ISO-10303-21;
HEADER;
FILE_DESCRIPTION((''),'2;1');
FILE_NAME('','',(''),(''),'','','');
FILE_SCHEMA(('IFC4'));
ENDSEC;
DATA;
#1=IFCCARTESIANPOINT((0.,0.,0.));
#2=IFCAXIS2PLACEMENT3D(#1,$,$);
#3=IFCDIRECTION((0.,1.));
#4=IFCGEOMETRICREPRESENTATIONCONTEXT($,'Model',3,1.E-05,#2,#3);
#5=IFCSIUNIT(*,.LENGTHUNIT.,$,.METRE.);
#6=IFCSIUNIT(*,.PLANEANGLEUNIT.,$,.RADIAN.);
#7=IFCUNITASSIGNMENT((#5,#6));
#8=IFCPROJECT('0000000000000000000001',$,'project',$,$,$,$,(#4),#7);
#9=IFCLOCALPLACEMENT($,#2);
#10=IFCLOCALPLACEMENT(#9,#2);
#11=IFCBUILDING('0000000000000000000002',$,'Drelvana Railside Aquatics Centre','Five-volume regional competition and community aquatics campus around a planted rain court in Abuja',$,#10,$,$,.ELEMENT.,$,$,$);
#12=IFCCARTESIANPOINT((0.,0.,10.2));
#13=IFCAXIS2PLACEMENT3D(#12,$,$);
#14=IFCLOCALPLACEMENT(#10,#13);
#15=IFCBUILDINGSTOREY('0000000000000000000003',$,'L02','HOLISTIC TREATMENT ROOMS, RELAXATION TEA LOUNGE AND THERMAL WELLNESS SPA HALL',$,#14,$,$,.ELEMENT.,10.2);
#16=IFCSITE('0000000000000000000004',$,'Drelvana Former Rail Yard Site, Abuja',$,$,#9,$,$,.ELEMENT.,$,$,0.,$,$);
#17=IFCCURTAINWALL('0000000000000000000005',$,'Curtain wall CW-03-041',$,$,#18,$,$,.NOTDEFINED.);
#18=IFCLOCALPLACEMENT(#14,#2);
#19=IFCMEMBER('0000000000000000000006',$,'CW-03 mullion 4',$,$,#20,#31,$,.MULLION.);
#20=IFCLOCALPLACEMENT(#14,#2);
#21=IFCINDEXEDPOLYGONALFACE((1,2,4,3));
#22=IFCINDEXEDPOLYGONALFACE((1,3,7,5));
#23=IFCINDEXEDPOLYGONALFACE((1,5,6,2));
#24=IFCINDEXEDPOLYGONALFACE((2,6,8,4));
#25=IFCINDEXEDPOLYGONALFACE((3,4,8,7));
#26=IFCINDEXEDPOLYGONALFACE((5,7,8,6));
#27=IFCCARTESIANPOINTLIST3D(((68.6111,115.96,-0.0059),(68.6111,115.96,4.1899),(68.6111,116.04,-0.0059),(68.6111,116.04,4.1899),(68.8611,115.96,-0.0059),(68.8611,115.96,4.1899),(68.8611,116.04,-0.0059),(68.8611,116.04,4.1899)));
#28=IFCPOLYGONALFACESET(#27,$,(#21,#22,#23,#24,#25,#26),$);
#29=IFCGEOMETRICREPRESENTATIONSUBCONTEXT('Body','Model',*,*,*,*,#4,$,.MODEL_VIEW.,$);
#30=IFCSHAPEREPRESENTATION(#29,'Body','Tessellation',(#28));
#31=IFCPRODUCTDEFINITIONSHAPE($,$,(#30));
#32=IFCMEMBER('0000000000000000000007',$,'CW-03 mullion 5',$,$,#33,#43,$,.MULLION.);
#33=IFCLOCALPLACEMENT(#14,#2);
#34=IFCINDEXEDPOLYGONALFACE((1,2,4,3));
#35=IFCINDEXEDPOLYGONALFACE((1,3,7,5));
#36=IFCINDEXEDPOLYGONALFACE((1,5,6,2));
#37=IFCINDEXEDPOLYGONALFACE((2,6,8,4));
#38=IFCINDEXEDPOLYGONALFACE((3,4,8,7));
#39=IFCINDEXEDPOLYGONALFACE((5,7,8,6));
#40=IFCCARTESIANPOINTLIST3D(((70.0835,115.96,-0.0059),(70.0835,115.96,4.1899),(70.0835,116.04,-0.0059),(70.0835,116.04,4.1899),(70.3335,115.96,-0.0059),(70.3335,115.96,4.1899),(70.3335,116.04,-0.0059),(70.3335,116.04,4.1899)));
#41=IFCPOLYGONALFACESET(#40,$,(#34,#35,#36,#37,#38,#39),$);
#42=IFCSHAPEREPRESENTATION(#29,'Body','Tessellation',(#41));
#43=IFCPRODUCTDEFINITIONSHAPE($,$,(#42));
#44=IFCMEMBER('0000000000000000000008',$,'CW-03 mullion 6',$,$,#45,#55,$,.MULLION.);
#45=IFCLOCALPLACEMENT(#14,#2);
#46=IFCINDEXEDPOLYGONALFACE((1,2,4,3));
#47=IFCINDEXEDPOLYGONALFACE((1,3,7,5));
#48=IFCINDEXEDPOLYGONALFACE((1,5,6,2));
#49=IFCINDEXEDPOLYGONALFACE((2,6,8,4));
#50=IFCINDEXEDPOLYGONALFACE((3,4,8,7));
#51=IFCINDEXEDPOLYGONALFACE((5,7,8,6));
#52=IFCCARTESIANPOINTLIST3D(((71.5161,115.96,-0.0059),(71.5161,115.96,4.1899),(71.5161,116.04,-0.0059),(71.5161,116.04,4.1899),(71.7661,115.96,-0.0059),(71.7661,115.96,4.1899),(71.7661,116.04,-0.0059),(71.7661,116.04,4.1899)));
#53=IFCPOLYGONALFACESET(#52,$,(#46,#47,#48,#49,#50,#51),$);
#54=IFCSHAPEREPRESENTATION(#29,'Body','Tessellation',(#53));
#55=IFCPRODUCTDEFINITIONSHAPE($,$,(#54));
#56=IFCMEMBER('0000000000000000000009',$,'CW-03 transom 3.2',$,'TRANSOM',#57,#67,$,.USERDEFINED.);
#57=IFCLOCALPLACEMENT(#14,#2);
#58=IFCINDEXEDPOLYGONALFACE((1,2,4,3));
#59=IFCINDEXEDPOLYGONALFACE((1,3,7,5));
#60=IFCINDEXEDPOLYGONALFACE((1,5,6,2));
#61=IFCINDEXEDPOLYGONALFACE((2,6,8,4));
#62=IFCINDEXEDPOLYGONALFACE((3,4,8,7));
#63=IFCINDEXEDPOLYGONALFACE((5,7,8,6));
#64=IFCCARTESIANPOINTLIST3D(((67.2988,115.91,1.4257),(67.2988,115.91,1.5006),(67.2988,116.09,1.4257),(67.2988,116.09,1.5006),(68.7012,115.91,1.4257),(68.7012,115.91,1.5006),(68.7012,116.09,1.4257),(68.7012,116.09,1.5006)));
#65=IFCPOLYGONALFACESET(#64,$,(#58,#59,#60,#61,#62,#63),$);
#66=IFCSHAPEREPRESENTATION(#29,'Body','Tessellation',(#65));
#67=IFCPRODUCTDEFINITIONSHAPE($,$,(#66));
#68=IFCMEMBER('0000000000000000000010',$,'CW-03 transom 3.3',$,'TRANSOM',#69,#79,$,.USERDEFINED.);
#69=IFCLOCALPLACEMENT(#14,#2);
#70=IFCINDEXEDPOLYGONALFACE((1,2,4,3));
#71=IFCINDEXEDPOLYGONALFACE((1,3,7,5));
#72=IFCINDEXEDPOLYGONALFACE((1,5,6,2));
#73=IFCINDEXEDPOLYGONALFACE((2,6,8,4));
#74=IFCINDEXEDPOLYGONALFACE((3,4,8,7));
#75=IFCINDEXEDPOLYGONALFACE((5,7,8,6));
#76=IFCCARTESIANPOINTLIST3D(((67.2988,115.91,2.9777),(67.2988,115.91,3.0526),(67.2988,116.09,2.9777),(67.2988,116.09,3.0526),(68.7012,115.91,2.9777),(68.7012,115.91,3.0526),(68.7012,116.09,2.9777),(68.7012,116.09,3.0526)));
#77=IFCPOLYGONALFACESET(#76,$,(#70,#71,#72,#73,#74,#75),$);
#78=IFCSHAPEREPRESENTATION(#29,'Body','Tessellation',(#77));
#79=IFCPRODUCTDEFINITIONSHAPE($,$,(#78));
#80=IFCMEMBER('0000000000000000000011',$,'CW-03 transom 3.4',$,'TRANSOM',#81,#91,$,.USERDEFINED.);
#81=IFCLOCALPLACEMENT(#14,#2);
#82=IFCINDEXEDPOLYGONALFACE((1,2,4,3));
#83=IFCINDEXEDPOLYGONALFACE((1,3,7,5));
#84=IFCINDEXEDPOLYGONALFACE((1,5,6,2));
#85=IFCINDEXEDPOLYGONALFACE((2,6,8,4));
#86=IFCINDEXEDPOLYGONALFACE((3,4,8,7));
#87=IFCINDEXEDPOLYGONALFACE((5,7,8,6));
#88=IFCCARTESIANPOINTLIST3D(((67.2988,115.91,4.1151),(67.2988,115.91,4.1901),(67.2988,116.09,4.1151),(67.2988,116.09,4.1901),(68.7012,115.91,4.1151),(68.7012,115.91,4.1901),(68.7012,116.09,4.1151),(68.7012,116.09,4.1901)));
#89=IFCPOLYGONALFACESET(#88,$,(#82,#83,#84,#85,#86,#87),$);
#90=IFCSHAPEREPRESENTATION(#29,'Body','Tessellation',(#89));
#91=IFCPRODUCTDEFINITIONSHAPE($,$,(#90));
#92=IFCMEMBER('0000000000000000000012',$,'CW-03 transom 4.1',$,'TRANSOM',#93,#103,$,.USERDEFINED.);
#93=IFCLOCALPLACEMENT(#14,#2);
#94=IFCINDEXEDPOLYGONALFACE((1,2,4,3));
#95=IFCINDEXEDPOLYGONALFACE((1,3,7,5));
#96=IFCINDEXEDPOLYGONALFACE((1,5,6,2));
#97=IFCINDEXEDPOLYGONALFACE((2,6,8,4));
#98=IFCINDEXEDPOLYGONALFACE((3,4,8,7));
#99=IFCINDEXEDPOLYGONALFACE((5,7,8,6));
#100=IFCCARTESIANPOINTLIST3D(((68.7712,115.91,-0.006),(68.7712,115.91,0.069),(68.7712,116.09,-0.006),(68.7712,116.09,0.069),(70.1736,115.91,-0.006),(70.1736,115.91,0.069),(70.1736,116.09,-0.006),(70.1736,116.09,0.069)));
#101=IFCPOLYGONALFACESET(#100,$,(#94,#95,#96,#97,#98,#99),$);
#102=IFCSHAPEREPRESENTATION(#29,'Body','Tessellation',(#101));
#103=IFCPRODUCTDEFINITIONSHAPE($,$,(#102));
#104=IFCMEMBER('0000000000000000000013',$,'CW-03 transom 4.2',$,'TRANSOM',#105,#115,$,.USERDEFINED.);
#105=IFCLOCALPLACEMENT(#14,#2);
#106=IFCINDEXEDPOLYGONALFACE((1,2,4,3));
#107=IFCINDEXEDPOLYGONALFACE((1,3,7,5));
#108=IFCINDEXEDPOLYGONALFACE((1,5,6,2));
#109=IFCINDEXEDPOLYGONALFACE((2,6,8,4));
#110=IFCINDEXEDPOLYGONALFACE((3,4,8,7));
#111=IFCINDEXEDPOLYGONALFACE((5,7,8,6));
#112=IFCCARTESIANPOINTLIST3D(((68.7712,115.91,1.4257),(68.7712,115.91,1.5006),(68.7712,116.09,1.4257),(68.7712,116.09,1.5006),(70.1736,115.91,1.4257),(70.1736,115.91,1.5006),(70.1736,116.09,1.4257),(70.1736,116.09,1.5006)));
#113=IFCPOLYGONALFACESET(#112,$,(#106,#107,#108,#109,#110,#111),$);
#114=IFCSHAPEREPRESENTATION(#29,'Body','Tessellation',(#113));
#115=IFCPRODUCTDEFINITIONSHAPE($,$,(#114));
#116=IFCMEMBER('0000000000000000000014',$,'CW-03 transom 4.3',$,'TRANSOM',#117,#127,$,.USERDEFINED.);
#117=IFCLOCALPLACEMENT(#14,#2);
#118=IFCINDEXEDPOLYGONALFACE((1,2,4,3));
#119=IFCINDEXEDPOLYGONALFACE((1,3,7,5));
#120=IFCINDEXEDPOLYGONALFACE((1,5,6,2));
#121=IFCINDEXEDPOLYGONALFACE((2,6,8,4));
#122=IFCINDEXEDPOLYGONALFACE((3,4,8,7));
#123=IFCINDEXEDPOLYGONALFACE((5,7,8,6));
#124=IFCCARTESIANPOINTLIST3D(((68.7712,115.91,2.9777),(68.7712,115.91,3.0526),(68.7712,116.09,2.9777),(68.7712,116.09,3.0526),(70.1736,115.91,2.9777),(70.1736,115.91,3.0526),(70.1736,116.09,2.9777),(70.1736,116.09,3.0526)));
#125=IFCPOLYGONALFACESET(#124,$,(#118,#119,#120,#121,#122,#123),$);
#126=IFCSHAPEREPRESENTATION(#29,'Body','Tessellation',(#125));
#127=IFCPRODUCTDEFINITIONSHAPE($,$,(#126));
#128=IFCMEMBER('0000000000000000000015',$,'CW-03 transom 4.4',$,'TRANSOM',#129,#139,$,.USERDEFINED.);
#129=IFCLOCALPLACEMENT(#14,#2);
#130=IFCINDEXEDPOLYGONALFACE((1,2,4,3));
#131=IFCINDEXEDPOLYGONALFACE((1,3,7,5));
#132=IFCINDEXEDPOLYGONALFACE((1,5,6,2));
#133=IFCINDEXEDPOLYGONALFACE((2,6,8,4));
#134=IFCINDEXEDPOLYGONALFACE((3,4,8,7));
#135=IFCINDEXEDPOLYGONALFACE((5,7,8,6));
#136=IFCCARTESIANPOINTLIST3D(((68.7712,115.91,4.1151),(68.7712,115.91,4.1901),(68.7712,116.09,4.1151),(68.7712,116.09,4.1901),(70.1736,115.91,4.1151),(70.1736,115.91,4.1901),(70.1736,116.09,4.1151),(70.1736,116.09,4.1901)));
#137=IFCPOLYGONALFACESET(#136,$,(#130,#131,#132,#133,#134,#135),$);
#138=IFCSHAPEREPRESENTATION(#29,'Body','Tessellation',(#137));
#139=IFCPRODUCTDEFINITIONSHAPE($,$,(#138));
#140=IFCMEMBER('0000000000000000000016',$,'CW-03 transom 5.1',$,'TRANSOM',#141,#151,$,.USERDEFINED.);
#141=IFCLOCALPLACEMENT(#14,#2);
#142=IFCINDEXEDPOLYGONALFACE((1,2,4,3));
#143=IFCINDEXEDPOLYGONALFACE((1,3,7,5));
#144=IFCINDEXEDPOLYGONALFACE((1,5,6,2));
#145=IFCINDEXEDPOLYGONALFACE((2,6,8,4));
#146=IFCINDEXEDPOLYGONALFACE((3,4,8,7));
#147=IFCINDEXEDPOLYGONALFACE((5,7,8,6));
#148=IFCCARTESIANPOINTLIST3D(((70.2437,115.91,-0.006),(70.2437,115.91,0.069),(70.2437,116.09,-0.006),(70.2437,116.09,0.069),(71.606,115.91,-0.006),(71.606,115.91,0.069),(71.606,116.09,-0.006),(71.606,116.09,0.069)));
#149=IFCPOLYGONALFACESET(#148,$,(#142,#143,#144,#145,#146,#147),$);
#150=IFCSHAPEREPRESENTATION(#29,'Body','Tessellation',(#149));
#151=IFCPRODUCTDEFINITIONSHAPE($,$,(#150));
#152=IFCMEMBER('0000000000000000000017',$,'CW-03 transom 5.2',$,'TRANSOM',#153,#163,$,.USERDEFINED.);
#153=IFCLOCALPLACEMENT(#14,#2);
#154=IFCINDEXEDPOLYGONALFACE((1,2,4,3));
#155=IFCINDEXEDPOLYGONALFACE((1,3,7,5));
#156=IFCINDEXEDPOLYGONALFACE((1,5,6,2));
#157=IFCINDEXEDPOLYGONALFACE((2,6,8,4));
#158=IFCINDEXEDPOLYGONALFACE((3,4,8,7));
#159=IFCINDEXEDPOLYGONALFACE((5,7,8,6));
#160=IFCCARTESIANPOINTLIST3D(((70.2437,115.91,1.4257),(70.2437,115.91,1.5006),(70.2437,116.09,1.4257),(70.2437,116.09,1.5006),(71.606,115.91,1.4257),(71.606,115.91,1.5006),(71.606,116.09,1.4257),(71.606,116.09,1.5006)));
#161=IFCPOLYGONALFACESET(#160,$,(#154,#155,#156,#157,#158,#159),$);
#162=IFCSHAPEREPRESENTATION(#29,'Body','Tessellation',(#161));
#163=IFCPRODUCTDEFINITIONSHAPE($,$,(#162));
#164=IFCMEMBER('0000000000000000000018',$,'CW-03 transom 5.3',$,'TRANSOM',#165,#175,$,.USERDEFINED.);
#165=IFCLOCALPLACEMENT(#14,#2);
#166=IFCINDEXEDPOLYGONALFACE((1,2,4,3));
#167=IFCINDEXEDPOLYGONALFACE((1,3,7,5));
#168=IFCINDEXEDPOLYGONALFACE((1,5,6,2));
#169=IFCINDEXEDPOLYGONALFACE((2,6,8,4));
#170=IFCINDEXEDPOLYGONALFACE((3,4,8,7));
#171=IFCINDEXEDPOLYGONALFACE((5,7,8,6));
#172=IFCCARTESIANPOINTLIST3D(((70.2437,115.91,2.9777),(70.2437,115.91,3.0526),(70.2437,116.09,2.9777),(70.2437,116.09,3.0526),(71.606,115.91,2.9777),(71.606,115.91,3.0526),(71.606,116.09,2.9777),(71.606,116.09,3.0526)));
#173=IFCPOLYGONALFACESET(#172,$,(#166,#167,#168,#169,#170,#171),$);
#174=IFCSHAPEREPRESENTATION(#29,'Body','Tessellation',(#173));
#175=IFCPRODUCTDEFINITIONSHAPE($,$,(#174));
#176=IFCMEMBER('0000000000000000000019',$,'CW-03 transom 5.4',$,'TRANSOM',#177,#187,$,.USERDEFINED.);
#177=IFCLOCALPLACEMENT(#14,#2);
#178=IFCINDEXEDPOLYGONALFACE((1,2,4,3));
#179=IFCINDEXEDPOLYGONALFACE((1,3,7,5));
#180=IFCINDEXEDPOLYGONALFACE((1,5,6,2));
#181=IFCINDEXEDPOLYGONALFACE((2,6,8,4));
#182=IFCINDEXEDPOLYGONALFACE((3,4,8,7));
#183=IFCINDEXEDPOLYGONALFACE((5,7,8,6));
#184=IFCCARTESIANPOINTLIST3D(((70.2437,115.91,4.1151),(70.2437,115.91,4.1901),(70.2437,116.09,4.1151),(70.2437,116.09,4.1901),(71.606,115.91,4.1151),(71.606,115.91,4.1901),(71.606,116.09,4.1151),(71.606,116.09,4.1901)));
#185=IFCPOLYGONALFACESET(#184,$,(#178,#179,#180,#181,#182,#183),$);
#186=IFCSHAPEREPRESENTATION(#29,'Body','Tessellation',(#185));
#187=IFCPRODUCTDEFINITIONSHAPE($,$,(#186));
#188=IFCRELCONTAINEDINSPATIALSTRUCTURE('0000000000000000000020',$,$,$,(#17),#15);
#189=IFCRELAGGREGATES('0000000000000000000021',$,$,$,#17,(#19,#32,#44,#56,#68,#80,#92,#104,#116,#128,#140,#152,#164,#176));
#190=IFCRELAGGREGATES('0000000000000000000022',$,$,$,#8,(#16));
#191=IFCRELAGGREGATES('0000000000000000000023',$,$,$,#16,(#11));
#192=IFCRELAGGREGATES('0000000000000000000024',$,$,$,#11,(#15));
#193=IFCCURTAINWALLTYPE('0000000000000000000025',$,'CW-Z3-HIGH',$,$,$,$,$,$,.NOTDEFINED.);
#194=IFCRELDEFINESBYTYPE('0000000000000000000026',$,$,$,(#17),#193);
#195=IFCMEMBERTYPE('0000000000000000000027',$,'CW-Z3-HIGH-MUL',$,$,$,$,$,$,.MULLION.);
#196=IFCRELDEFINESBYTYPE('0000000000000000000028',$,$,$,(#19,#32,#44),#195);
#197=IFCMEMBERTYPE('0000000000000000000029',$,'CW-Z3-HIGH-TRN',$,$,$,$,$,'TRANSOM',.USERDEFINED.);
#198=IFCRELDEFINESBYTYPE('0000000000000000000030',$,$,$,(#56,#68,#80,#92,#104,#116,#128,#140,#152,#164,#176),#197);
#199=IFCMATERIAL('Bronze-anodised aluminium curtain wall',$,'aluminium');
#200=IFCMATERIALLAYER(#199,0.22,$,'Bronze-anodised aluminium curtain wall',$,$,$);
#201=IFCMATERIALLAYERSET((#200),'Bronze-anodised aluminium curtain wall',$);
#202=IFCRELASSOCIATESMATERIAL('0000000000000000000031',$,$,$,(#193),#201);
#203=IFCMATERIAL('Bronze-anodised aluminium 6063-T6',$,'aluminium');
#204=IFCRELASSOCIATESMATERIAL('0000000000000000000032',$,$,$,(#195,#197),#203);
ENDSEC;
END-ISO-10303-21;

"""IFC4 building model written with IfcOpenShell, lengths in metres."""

from ifc_helpers import new_model, si_unit, direction, frame, origin, origin_2d, place, context, subcontext, project, spatial, rectangle, extrude, material, layer, layer_set, material_profile, profile_set, type_object, element, aggregate, save


model = new_model("IFC4")

# Units and contexts
model_context = context("Model", 3, precision=1e-05, world=origin(), true_north=direction((0.0, 1.0)))
body_context = subcontext(model_context, "Body", "Model", "MODEL_VIEW")
ifc_project = project(units=[si_unit("LENGTHUNIT", "METRE"), si_unit("PLANEANGLEUNIT", "RADIAN")], contexts=[model_context])

# Site, building, storey
site_placement = place(None, origin())
site = spatial("IfcSite", under=ifc_project, at=site_placement, Name="Drelvana Former Rail Yard Site, Abuja", CompositionType="ELEMENT", RefElevation=0.0)
building_placement = place(site_placement, origin())
building = spatial("IfcBuilding", under=site, at=building_placement, Name="Drelvana Railside Aquatics Centre", Description="Five-volume regional competition and community aquatics campus around a planted rain court in Abuja", CompositionType="ELEMENT")
storey_placement = place(building_placement, frame((0.0, 0.0, 10.2)))
storey = spatial("IfcBuildingStorey", under=building, at=storey_placement, Name="L02", Description="HOLISTIC TREATMENT ROOMS, RELAXATION TEA LOUNGE AND THERMAL WELLNESS SPA HALL", CompositionType="ELEMENT", Elevation=10.2)

# Curtain wall, members
ifc_material_1 = material(Name="Bronze-anodised aluminium curtain wall", Category="aluminium")
ifc_layer_1 = layer(ifc_material_1, 0.22, Name="Bronze-anodised aluminium curtain wall")
ifc_layer_set_1 = layer_set([ifc_layer_1], Name="Bronze-anodised aluminium curtain wall")
curtain_wall_type = type_object("IfcCurtainWallType", Name="CW-Z3-HIGH", PredefinedType="NOTDEFINED", material=ifc_layer_set_1)
curtain_wall_placement = place(storey_placement, origin())
curtain_wall = element("IfcCurtainWall", 1, at=curtain_wall_placement, inside=storey, type_object=curtain_wall_type, Name="Curtain wall CW-03-041", PredefinedType="NOTDEFINED")
ifc_material_2 = material(Name="Bronze-anodised aluminium 6063-T6", Category="aluminium")
ifc_material_profile_1 = material_profile(ifc_material_2, rectangle(XDim=0.0801, YDim=0.25, at=origin_2d()), Name="ALU-M 80x250")
ifc_profile_set_1 = profile_set([ifc_material_profile_1], Name="Bronze-anodised aluminium 6063-T6")
member_type_1 = type_object("IfcMemberType", Name="CW-Z3-HIGH-MUL", PredefinedType="MULLION", material=ifc_profile_set_1)
member_1_placement = place(storey_placement, frame((68.7361, 116.0, -0.0059), z_axis=(0.0, 0.0, 1.0), x_axis=(0.0, 1.0, 0.0)))
member_1 = element("IfcMember", 2, at=member_1_placement, type_object=member_type_1, Name="CW-03 mullion 4", PredefinedType="MULLION", context=body_context, shape_type="SweptSolid", body=[
    extrude(rectangle(XDim=0.0801, YDim=0.25, at=origin_2d()), origin(), (0.0, 0.0, 1.0), 4.1958),
])
member_2_placement = place(storey_placement, frame((70.2085, 116.0, -0.0059), z_axis=(0.0, 0.0, 1.0), x_axis=(0.0, 1.0, 0.0)))
member_2 = element("IfcMember", 3, at=member_2_placement, type_object=member_type_1, Name="CW-03 mullion 5", PredefinedType="MULLION", context=body_context, shape_type="SweptSolid", body=[
    extrude(rectangle(XDim=0.0801, YDim=0.25, at=origin_2d()), origin(), (0.0, 0.0, 1.0), 4.1958),
])
member_3_placement = place(storey_placement, frame((71.6411, 116.0, -0.0059), z_axis=(0.0, 0.0, 1.0), x_axis=(0.0, 1.0, 0.0)))
member_3 = element("IfcMember", 4, at=member_3_placement, type_object=member_type_1, Name="CW-03 mullion 6", PredefinedType="MULLION", context=body_context, shape_type="SweptSolid", body=[
    extrude(rectangle(XDim=0.0801, YDim=0.25, at=origin_2d()), origin(), (0.0, 0.0, 1.0), 4.1958),
])
ifc_material_profile_2 = material_profile(ifc_material_2, rectangle(XDim=0.1799, YDim=0.075, at=origin_2d()), Name="ALU-T 75x180")
ifc_profile_set_2 = profile_set([ifc_material_profile_2], Name="Bronze-anodised aluminium 6063-T6")
member_type_2 = type_object("IfcMemberType", Name="CW-Z3-HIGH-TRN", ElementType="TRANSOM", PredefinedType="USERDEFINED", material=ifc_profile_set_2)
member_4_placement = place(storey_placement, frame((67.2988, 116.0, 1.4631), z_axis=(1.0, 0.0, 0.0), x_axis=(0.0, 1.0, 0.0)))
member_4 = element("IfcMember", 5, at=member_4_placement, type_object=member_type_2, Name="CW-03 transom 3.2", ObjectType="TRANSOM", PredefinedType="USERDEFINED", context=body_context, shape_type="SweptSolid", body=[
    extrude(rectangle(XDim=0.1799, YDim=0.075, at=origin_2d()), origin(), (0.0, 0.0, 1.0), 1.4023),
])
member_5_placement = place(storey_placement, frame((67.2988, 116.0, 3.0151), z_axis=(1.0, 0.0, 0.0), x_axis=(0.0, 1.0, 0.0)))
member_5 = element("IfcMember", 6, at=member_5_placement, type_object=member_type_2, Name="CW-03 transom 3.3", ObjectType="TRANSOM", PredefinedType="USERDEFINED", context=body_context, shape_type="SweptSolid", body=[
    extrude(rectangle(XDim=0.1799, YDim=0.075, at=origin_2d()), origin(), (0.0, 0.0, 1.0), 1.4023),
])
member_6_placement = place(storey_placement, frame((67.2988, 116.0, 4.1526), z_axis=(1.0, 0.0, 0.0), x_axis=(0.0, 1.0, 0.0)))
member_6 = element("IfcMember", 7, at=member_6_placement, type_object=member_type_2, Name="CW-03 transom 3.4", ObjectType="TRANSOM", PredefinedType="USERDEFINED", context=body_context, shape_type="SweptSolid", body=[
    extrude(rectangle(XDim=0.1799, YDim=0.075, at=origin_2d()), origin(), (0.0, 0.0, 1.0), 1.4023),
])
member_7_placement = place(storey_placement, frame((68.7712, 116.0, 0.0315), z_axis=(1.0, 0.0, 0.0), x_axis=(0.0, 1.0, 0.0)))
member_7 = element("IfcMember", 8, at=member_7_placement, type_object=member_type_2, Name="CW-03 transom 4.1", ObjectType="TRANSOM", PredefinedType="USERDEFINED", context=body_context, shape_type="SweptSolid", body=[
    extrude(rectangle(XDim=0.1799, YDim=0.075, at=origin_2d()), origin(), (0.0, 0.0, 1.0), 1.4023),
])
member_8_placement = place(storey_placement, frame((68.7712, 116.0, 1.4631), z_axis=(1.0, 0.0, 0.0), x_axis=(0.0, 1.0, 0.0)))
member_8 = element("IfcMember", 9, at=member_8_placement, type_object=member_type_2, Name="CW-03 transom 4.2", ObjectType="TRANSOM", PredefinedType="USERDEFINED", context=body_context, shape_type="SweptSolid", body=[
    extrude(rectangle(XDim=0.1799, YDim=0.075, at=origin_2d()), origin(), (0.0, 0.0, 1.0), 1.4023),
])
member_9_placement = place(storey_placement, frame((68.7712, 116.0, 3.0151), z_axis=(1.0, 0.0, 0.0), x_axis=(0.0, 1.0, 0.0)))
member_9 = element("IfcMember", 10, at=member_9_placement, type_object=member_type_2, Name="CW-03 transom 4.3", ObjectType="TRANSOM", PredefinedType="USERDEFINED", context=body_context, shape_type="SweptSolid", body=[
    extrude(rectangle(XDim=0.1799, YDim=0.075, at=origin_2d()), origin(), (0.0, 0.0, 1.0), 1.4023),
])
member_10_placement = place(storey_placement, frame((68.7712, 116.0, 4.1526), z_axis=(1.0, 0.0, 0.0), x_axis=(0.0, 1.0, 0.0)))
member_10 = element("IfcMember", 11, at=member_10_placement, type_object=member_type_2, Name="CW-03 transom 4.4", ObjectType="TRANSOM", PredefinedType="USERDEFINED", context=body_context, shape_type="SweptSolid", body=[
    extrude(rectangle(XDim=0.1799, YDim=0.075, at=origin_2d()), origin(), (0.0, 0.0, 1.0), 1.4023),
])
member_11_placement = place(storey_placement, frame((70.2437, 116.0, 0.0315), z_axis=(1.0, 0.0, 0.0), x_axis=(0.0, 1.0, 0.0)))
member_11 = element("IfcMember", 12, at=member_11_placement, type_object=member_type_2, Name="CW-03 transom 5.1", ObjectType="TRANSOM", PredefinedType="USERDEFINED", context=body_context, shape_type="SweptSolid", body=[
    extrude(rectangle(XDim=0.1799, YDim=0.075, at=origin_2d()), origin(), (0.0, 0.0, 1.0), 1.3623),
])
member_12_placement = place(storey_placement, frame((70.2437, 116.0, 1.4631), z_axis=(1.0, 0.0, 0.0), x_axis=(0.0, 1.0, 0.0)))
member_12 = element("IfcMember", 13, at=member_12_placement, type_object=member_type_2, Name="CW-03 transom 5.2", ObjectType="TRANSOM", PredefinedType="USERDEFINED", context=body_context, shape_type="SweptSolid", body=[
    extrude(rectangle(XDim=0.1799, YDim=0.075, at=origin_2d()), origin(), (0.0, 0.0, 1.0), 1.3623),
])
member_13_placement = place(storey_placement, frame((70.2437, 116.0, 3.0151), z_axis=(1.0, 0.0, 0.0), x_axis=(0.0, 1.0, 0.0)))
member_13 = element("IfcMember", 14, at=member_13_placement, type_object=member_type_2, Name="CW-03 transom 5.3", ObjectType="TRANSOM", PredefinedType="USERDEFINED", context=body_context, shape_type="SweptSolid", body=[
    extrude(rectangle(XDim=0.1799, YDim=0.075, at=origin_2d()), origin(), (0.0, 0.0, 1.0), 1.3623),
])
member_14_placement = place(storey_placement, frame((70.2437, 116.0, 4.1526), z_axis=(1.0, 0.0, 0.0), x_axis=(0.0, 1.0, 0.0)))
member_14 = element("IfcMember", 15, at=member_14_placement, type_object=member_type_2, Name="CW-03 transom 5.4", ObjectType="TRANSOM", PredefinedType="USERDEFINED", context=body_context, shape_type="SweptSolid", body=[
    extrude(rectangle(XDim=0.1799, YDim=0.075, at=origin_2d()), origin(), (0.0, 0.0, 1.0), 1.3623),
])
aggregate(curtain_wall, [member_1, member_2, member_3, member_4, member_5, member_6, member_7, member_8, member_9, member_10, member_11, member_12, member_13, member_14])

save(model, "model.ifc")
